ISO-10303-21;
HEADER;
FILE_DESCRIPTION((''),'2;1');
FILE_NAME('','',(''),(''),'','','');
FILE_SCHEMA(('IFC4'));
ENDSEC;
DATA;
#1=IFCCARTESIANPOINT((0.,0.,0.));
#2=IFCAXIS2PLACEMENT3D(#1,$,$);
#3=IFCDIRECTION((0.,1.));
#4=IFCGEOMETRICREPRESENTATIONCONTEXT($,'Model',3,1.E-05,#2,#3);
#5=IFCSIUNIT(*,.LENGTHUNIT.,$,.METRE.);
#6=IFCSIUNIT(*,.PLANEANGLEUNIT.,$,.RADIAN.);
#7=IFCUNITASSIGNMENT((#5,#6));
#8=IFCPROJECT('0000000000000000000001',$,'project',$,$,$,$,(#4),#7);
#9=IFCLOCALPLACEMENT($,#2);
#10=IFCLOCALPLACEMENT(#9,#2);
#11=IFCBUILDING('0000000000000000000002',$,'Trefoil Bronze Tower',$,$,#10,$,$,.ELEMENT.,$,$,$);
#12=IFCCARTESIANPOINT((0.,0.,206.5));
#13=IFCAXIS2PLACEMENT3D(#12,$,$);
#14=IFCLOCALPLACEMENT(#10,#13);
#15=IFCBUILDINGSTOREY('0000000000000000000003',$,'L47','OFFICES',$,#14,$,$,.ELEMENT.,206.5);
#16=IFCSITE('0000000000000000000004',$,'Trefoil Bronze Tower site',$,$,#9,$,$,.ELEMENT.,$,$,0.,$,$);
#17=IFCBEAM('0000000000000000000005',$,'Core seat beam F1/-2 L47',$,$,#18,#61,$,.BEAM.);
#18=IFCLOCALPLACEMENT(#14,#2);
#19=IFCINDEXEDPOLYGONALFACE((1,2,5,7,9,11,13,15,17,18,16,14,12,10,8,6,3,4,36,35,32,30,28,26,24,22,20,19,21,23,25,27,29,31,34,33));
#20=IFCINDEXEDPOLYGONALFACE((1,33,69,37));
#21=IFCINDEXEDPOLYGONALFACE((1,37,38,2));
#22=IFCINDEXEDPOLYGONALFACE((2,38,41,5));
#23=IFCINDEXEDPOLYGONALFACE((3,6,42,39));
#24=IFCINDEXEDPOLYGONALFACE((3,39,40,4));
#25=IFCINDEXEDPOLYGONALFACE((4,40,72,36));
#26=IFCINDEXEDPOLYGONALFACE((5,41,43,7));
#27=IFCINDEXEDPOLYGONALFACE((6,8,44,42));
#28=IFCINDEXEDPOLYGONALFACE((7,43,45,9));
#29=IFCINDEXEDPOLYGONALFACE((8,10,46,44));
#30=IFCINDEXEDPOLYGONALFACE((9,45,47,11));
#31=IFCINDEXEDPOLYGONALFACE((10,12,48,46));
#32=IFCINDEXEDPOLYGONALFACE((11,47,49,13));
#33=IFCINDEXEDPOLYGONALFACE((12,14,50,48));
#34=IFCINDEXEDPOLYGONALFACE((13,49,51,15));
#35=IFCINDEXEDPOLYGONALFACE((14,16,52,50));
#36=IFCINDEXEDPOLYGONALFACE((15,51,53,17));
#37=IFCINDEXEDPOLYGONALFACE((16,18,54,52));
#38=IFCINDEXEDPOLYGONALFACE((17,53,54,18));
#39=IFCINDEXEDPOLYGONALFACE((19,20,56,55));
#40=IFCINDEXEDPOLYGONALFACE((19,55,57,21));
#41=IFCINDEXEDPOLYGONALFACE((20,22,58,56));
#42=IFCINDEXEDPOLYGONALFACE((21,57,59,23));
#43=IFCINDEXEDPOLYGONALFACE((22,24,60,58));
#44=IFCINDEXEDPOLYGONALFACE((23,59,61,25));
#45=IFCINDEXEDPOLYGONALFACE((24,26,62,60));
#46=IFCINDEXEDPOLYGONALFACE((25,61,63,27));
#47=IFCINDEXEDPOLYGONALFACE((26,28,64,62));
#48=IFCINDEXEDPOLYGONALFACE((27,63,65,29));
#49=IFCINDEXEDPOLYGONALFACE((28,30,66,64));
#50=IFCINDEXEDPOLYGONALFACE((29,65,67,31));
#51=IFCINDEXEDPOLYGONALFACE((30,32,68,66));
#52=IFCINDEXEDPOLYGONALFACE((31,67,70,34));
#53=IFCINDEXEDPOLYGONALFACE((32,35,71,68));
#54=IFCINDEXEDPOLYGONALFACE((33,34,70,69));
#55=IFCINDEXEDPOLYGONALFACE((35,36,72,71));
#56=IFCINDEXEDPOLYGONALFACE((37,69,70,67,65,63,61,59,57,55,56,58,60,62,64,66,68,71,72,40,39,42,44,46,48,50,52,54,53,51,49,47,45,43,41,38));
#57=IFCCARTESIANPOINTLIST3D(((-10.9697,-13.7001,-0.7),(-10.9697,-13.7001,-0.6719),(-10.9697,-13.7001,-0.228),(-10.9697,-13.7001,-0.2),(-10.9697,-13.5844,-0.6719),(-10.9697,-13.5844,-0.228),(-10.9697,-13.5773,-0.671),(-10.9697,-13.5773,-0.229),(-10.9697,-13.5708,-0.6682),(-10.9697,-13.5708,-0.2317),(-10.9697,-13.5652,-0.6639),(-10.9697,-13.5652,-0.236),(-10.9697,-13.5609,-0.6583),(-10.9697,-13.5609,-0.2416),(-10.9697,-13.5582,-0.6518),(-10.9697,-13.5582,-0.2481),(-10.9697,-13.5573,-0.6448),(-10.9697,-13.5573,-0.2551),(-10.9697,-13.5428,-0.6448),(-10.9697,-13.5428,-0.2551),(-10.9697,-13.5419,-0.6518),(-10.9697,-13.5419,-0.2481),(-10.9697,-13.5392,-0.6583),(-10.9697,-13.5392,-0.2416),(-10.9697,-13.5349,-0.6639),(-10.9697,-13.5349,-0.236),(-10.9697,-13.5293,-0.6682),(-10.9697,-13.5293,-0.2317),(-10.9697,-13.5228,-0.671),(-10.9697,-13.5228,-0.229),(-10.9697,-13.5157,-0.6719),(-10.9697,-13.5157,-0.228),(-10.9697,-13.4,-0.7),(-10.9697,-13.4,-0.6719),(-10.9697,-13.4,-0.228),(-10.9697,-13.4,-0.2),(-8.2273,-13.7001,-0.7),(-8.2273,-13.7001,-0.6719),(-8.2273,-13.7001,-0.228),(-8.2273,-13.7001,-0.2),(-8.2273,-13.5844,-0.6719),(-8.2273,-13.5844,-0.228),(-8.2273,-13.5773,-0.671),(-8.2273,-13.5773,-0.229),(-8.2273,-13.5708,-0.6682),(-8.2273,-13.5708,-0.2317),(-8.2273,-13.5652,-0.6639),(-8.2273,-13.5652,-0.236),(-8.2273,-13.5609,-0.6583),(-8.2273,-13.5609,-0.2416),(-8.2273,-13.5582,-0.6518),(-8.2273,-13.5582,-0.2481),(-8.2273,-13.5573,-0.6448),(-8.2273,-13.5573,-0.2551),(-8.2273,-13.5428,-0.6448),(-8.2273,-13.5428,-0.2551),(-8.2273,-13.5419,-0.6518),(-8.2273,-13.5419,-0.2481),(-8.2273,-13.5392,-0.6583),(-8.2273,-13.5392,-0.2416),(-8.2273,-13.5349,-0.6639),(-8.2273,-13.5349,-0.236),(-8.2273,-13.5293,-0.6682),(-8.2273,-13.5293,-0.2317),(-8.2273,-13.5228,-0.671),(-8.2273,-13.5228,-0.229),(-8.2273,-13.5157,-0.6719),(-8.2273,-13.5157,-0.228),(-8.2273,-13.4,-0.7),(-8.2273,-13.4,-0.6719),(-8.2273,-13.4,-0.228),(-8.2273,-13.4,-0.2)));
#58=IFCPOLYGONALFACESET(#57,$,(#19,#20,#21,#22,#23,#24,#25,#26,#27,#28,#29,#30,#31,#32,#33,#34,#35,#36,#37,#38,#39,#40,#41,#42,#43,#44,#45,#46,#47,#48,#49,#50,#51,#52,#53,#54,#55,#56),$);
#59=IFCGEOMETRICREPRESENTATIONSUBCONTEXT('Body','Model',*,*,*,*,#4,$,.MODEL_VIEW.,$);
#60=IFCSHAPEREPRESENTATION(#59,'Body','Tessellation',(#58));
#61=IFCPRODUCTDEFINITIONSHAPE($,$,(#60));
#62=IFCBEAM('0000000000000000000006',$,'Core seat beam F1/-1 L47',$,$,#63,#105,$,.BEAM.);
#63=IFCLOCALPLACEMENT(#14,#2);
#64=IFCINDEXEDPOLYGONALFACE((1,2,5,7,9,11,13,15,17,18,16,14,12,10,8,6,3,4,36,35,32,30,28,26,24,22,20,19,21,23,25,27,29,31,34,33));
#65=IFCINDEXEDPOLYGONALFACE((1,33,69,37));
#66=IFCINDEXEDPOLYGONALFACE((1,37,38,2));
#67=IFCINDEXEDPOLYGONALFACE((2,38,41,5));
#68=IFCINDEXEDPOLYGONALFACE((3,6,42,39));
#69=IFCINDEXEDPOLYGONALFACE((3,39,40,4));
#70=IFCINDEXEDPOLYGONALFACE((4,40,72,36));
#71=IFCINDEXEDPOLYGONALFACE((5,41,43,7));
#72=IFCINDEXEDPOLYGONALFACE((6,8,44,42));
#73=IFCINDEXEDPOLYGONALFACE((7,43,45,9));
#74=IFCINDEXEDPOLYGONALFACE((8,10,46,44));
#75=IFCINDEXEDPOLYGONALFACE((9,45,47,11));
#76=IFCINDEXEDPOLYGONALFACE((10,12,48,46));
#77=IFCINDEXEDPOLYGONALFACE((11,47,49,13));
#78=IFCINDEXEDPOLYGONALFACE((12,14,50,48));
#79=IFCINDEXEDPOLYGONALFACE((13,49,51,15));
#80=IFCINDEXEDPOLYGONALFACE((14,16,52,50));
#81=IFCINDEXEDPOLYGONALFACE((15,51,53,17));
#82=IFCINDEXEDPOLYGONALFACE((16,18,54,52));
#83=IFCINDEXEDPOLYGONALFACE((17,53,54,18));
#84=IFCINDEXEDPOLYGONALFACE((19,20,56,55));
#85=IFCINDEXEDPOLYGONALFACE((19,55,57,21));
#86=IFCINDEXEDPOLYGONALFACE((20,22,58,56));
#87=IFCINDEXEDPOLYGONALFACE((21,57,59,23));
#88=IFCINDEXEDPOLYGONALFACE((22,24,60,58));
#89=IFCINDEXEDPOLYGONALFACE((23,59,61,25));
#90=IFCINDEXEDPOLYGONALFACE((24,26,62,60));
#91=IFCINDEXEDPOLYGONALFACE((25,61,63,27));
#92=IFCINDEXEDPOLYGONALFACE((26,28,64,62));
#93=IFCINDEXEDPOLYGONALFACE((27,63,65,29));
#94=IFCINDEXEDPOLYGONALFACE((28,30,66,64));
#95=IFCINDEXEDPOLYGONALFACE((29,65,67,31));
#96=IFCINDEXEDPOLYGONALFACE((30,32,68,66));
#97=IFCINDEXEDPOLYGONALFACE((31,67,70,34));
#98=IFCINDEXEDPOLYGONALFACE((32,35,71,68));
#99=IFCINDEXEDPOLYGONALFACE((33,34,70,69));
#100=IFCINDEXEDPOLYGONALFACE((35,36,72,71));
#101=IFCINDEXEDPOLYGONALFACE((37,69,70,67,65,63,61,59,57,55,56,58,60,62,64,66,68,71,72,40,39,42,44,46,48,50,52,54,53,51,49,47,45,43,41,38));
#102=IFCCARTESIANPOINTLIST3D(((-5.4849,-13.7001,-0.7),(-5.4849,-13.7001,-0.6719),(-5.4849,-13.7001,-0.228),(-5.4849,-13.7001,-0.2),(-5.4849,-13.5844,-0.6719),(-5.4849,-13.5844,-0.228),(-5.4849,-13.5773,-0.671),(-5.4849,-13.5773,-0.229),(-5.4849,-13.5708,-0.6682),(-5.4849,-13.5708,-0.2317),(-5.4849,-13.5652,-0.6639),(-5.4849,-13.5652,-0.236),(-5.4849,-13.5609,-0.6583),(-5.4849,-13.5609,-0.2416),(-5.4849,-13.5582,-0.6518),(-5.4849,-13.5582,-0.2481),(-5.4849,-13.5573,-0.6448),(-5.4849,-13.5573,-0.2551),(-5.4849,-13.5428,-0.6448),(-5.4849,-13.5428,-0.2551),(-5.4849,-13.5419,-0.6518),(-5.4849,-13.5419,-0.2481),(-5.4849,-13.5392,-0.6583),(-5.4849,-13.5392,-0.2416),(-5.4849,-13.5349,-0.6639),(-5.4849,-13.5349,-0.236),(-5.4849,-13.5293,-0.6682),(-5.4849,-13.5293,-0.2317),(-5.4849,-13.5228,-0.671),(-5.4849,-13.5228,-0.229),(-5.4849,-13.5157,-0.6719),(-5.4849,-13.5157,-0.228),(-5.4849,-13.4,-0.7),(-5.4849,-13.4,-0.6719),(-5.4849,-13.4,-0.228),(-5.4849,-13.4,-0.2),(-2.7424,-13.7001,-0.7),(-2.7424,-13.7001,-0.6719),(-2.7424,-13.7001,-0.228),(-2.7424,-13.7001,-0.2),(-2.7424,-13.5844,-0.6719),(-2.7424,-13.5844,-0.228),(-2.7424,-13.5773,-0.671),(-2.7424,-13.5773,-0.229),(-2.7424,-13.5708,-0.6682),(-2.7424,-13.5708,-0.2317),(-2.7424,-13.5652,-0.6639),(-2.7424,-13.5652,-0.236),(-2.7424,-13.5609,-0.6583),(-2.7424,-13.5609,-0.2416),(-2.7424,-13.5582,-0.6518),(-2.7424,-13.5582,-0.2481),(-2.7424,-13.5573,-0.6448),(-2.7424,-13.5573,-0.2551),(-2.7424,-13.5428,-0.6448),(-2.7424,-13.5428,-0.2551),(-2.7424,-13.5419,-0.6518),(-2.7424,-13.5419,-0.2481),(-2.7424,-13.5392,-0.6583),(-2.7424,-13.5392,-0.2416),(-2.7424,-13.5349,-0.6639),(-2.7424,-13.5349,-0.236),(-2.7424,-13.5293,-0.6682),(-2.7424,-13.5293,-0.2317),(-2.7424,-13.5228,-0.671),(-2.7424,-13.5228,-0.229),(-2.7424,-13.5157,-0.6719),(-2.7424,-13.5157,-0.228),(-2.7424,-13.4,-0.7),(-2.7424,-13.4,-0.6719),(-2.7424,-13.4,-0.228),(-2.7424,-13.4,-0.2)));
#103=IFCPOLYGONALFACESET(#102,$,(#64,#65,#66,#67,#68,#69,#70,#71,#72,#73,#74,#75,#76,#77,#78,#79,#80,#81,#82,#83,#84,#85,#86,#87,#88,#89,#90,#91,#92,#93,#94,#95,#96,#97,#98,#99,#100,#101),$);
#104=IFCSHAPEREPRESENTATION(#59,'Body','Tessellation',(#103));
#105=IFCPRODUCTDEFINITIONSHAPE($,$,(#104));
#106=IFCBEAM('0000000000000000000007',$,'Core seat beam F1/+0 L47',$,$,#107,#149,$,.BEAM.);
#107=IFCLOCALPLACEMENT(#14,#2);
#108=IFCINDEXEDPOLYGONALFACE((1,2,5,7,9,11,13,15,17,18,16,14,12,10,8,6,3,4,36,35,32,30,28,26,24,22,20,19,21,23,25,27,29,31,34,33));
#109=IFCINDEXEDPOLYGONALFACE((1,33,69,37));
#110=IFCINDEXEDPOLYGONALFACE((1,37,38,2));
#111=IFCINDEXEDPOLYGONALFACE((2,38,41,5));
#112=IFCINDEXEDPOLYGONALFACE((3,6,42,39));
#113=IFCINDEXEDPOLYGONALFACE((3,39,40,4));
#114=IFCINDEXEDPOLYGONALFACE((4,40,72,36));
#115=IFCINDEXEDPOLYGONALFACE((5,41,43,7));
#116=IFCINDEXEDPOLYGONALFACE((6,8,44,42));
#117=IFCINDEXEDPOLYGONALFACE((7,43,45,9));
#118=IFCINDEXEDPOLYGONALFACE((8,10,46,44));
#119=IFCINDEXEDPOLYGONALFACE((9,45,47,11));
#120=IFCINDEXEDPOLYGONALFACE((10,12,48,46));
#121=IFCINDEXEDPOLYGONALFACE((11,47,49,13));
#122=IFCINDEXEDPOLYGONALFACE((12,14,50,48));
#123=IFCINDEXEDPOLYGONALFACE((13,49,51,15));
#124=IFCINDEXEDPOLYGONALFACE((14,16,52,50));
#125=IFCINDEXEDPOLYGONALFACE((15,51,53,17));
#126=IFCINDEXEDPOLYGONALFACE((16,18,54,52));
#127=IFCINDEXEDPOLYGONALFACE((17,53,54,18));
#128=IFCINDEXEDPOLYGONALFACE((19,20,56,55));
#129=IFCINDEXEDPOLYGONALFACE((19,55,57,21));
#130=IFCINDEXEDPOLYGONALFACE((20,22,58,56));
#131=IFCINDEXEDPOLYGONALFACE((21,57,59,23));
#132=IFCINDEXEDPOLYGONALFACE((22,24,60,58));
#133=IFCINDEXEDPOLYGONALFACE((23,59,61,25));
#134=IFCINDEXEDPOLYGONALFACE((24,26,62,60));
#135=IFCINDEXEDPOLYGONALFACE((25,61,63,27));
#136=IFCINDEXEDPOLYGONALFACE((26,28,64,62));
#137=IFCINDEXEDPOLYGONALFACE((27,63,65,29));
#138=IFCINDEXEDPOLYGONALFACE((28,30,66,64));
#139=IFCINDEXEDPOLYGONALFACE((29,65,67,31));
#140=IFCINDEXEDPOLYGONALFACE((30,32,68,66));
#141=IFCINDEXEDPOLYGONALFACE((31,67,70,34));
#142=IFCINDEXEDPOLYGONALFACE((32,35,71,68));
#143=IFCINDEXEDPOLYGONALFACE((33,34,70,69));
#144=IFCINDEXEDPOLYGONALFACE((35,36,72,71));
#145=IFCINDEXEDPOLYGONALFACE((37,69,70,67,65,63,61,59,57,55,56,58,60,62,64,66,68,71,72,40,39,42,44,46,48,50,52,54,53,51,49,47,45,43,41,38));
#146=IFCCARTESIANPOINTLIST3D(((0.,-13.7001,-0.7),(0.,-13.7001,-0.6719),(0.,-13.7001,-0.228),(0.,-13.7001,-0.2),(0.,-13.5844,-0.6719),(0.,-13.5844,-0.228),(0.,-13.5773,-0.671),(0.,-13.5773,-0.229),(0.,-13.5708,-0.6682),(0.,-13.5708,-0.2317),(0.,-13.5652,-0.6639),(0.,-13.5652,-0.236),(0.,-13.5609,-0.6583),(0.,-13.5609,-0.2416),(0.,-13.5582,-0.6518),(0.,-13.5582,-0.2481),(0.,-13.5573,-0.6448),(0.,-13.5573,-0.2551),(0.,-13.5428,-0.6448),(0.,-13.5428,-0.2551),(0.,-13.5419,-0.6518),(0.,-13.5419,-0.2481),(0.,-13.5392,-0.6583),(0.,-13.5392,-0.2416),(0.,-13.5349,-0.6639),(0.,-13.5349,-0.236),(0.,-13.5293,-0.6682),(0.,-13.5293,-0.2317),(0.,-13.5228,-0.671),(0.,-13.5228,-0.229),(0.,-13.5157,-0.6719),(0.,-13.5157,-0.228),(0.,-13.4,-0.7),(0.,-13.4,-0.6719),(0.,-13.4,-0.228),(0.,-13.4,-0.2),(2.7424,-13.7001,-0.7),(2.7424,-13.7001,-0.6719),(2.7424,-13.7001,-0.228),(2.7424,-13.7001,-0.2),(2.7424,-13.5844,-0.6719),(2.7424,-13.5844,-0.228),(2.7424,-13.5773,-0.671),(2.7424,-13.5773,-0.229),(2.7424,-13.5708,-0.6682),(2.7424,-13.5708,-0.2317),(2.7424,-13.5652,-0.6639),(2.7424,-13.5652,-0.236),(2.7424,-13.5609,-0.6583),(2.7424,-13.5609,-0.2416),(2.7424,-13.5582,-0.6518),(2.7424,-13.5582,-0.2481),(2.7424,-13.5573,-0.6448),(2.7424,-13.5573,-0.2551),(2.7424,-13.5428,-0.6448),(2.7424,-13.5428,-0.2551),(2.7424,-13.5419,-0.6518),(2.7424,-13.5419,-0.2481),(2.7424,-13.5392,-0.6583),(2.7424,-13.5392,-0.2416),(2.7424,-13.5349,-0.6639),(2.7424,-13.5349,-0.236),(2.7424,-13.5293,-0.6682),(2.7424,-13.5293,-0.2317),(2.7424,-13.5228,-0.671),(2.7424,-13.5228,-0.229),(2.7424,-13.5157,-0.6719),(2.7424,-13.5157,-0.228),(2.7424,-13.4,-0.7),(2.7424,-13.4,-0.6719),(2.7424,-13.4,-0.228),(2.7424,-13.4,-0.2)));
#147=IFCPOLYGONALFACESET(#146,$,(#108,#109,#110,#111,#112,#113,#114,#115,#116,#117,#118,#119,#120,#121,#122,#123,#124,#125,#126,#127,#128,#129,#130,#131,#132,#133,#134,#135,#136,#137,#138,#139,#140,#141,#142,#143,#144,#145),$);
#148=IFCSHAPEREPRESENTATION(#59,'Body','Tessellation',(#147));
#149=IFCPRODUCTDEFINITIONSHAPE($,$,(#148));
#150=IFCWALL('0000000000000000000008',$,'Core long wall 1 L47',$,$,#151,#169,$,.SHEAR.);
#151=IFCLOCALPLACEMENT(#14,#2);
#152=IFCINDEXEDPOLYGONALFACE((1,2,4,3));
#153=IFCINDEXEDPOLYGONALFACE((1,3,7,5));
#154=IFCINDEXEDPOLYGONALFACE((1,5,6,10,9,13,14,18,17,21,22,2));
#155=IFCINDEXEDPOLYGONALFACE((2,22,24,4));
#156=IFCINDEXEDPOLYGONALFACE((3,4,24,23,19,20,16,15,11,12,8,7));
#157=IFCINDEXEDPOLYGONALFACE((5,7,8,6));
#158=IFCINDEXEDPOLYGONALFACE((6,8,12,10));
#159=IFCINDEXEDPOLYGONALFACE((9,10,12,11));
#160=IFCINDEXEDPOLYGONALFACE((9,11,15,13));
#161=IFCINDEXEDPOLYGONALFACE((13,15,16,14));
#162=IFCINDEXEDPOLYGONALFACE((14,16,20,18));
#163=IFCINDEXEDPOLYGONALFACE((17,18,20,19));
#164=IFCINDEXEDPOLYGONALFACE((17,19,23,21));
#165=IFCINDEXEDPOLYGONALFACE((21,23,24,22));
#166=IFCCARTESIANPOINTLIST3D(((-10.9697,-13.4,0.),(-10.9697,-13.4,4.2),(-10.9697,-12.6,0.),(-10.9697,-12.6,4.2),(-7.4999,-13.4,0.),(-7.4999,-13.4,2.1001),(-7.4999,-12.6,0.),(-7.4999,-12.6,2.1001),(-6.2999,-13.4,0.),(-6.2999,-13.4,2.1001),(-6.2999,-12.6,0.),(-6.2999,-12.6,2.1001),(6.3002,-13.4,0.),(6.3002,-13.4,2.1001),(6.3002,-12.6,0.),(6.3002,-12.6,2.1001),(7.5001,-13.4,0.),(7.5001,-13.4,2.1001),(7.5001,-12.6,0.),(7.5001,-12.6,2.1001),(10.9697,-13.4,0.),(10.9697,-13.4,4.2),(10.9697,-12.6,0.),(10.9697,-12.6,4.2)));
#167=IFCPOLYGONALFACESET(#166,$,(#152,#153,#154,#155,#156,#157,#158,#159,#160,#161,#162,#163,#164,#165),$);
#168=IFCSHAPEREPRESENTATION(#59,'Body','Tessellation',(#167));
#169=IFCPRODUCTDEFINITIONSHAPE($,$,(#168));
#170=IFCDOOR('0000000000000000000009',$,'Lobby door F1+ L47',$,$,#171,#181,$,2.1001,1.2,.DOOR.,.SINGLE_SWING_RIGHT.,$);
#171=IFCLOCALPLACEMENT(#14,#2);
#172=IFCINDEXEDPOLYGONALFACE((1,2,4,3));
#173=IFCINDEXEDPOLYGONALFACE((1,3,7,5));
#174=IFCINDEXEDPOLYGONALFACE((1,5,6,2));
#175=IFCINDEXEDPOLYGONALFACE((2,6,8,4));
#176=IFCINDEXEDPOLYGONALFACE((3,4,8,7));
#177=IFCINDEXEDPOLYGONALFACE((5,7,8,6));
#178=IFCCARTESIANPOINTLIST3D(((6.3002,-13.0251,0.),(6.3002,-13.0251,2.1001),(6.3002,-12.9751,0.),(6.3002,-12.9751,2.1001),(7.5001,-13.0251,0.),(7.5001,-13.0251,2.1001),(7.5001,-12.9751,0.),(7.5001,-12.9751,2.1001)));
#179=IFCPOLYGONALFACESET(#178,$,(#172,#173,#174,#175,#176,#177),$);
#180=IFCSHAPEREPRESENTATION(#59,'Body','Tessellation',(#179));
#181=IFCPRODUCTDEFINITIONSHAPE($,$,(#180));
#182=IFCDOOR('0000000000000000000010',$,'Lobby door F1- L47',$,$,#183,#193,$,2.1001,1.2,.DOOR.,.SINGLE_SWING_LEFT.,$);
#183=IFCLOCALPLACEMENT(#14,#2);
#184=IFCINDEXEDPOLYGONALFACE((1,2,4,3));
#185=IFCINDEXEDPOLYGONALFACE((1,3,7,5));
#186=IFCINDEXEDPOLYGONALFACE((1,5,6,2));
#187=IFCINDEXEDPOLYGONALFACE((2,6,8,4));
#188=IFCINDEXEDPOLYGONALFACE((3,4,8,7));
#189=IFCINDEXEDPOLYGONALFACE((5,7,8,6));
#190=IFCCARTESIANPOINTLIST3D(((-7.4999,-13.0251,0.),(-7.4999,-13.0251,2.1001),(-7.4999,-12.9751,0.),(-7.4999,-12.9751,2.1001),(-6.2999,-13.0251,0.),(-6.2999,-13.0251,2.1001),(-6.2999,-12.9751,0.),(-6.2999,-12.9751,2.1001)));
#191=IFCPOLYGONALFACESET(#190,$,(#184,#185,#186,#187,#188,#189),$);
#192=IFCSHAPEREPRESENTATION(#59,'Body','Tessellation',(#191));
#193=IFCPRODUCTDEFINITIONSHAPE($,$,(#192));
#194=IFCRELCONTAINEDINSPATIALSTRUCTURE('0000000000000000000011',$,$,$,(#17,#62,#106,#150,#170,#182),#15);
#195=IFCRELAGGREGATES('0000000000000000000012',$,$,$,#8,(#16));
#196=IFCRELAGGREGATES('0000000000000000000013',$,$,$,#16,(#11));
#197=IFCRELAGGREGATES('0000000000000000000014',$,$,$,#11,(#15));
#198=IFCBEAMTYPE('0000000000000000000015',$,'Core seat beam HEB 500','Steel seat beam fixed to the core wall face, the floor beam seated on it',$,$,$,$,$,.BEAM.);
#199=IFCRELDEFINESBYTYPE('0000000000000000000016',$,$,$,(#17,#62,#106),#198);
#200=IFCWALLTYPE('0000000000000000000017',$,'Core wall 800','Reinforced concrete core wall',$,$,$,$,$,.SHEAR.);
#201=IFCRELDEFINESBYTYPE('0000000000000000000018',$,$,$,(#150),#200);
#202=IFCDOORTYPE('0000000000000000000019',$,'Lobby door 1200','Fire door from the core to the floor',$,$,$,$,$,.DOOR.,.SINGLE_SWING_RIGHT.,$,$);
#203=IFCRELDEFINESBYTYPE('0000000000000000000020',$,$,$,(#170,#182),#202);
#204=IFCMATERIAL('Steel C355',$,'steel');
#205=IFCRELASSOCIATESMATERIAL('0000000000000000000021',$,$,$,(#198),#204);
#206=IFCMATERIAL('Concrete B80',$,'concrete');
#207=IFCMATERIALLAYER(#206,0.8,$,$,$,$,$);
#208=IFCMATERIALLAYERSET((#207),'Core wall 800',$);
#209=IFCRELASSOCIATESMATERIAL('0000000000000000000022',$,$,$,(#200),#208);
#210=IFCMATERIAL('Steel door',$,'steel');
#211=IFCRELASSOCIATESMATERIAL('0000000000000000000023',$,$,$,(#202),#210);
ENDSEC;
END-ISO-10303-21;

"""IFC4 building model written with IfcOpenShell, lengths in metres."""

from ifc_helpers import new_model, si_unit, direction, frame, frame_2d, origin, origin_2d, place, context, subcontext, project, spatial, rectangle, i_section, extrude, material, layer, layer_set, material_profile, profile_set, type_object, element, fill, save


model = new_model("IFC4")

# Units and contexts
model_context = context("Model", 3, precision=1e-05, world=origin(), true_north=direction((0.0, 1.0)))
body_context = subcontext(model_context, "Body", "Model", "MODEL_VIEW")
ifc_project = project(units=[si_unit("LENGTHUNIT", "METRE"), si_unit("PLANEANGLEUNIT", "RADIAN")], contexts=[model_context])

# Site, building, storey
site_placement = place(None, origin())
site = spatial("IfcSite", under=ifc_project, at=site_placement, Name="Trefoil Bronze Tower site", CompositionType="ELEMENT", RefElevation=0.0)
building_placement = place(site_placement, origin())
building = spatial("IfcBuilding", under=site, at=building_placement, Name="Trefoil Bronze Tower", CompositionType="ELEMENT")
storey_placement = place(building_placement, frame((0.0, 0.0, 206.5)))
storey = spatial("IfcBuildingStorey", under=building, at=storey_placement, Name="L47", Description="OFFICES", CompositionType="ELEMENT", Elevation=206.5)

# Beams
ifc_material_1 = material(Name="Steel C355", Category="steel")
ifc_material_profile = material_profile(ifc_material_1, i_section(OverallWidth=0.3, OverallDepth=0.5, WebThickness=0.0144, FlangeThickness=0.0281, FilletRadius=0.0271, at=origin_2d()), Name="HEB 500")
ifc_profile_set = profile_set([ifc_material_profile], Name="Steel C355")
beam_type = type_object("IfcBeamType", Name="Core seat beam HEB 500", Description="Steel seat beam fixed to the core wall face, the floor beam seated on it", PredefinedType="BEAM", material=ifc_profile_set)
for number, where, z_axis, x_axis, name in (
    (1, (-10.9697, -13.55, -0.45), (1.0, 0.0, 0.0), (0.0, 1.0, 0.0), "Core seat beam F1/-2 L47"),
    (2, (-5.4849, -13.55, -0.45), (1.0, 0.0, 0.0), (0.0, 1.0, 0.0), "Core seat beam F1/-1 L47"),
    (3, (0.0, -13.55, -0.45), (1.0, 0.0, 0.0), (0.0, 1.0, 0.0), "Core seat beam F1/+0 L47"),
):
    element("IfcBeam", number, at=place(storey_placement, frame(where, z_axis=z_axis, x_axis=x_axis)), inside=storey, type_object=beam_type, Name=name, PredefinedType="BEAM", context=body_context, shape_type="SweptSolid", body=[
        extrude(i_section(OverallWidth=0.3, OverallDepth=0.5, WebThickness=0.0144, FlangeThickness=0.0281, FilletRadius=0.0271, at=origin_2d()), origin(), (0.0, 0.0, 1.0), 2.7424),
    ])

# Wall, openings, doors
ifc_material_2 = material(Name="Concrete B80", Category="concrete")
ifc_layer_1 = layer(ifc_material_2, 0.8)
ifc_layer_set_1 = layer_set([ifc_layer_1], Name="Core wall 800")
wall_type_1 = type_object("IfcWallType", Name="Core wall 800", Description="Reinforced concrete core wall", PredefinedType="SHEAR", material=ifc_layer_set_1)
wall_1_placement = place(storey_placement, frame((-10.9697, -13.0, 0.0), z_axis=(0.0, 0.0, 1.0), x_axis=(1.0, 0.0, 0.0)))
wall_1 = element("IfcWall", 4, at=wall_1_placement, inside=storey, type_object=wall_type_1, Name="Core long wall 1 L47", PredefinedType="SHEAR", context=body_context, shape_type="SweptSolid", body=[
    extrude(rectangle(XDim=21.9395, YDim=0.8, at=frame_2d((10.9697, 0.0))), origin(), (0.0, 0.0, 1.0), 4.2),
])
opening_1_placement = place(wall_1_placement, frame((17.2698, 0.0, 0.0)))
opening_1 = element("IfcOpeningElement", 5, at=opening_1_placement, cuts=wall_1, PredefinedType="OPENING", context=body_context, shape_type="SweptSolid", body=[
    extrude(rectangle(XDim=1.2, YDim=2.1001, at=frame_2d((0.6001, 1.05))), frame((0.0, 0.4099, 0.0), z_axis=(0.0, -1.0, 0.0), x_axis=(1.0, 0.0, 0.0)), (0.0, 0.0, 1.0), 0.8201),
])
opening_2_placement = place(wall_1_placement, frame((3.4697, 0.0, 0.0)))
opening_2 = element("IfcOpeningElement", 6, at=opening_2_placement, cuts=wall_1, PredefinedType="OPENING", context=body_context, shape_type="SweptSolid", body=[
    extrude(rectangle(XDim=1.2, YDim=2.1001, at=frame_2d((0.6001, 1.05))), frame((0.0, 0.4099, 0.0), z_axis=(0.0, -1.0, 0.0), x_axis=(1.0, 0.0, 0.0)), (0.0, 0.0, 1.0), 0.8201),
])
ifc_material_3 = material(Name="Steel door", Category="steel")
door_type_1 = type_object("IfcDoorType", Name="Lobby door 1200", Description="Fire door from the core to the floor", OperationType="SINGLE_SWING_RIGHT", PredefinedType="DOOR", material=ifc_material_3)
door_1_placement = place(opening_1_placement, origin())
door_1 = element("IfcDoor", 7, at=door_1_placement, inside=storey, type_object=door_type_1, Name="Lobby door F1+ L47", OperationType="SINGLE_SWING_RIGHT", OverallHeight=2.1001, OverallWidth=1.2, PredefinedType="DOOR", context=body_context, shape_type="SweptSolid", body=[
    extrude(rectangle(XDim=1.2, YDim=2.1001, at=frame_2d((0.6001, 1.05))), frame((0.0, 0.0249, 0.0), z_axis=(0.0, -1.0, 0.0), x_axis=(1.0, 0.0, 0.0)), (0.0, 0.0, 1.0), 0.05),
])
fill(opening_1, door_1)
door_2_placement = place(opening_2_placement, origin())
door_2 = element("IfcDoor", 8, at=door_2_placement, inside=storey, type_object=door_type_1, Name="Lobby door F1- L47", OperationType="SINGLE_SWING_LEFT", OverallHeight=2.1001, OverallWidth=1.2, PredefinedType="DOOR", context=body_context, shape_type="SweptSolid", body=[
    extrude(rectangle(XDim=1.2, YDim=2.1001, at=frame_2d((0.6001, 1.05))), frame((0.0, 0.0249, 0.0), z_axis=(0.0, -1.0, 0.0), x_axis=(1.0, 0.0, 0.0)), (0.0, 0.0, 1.0), 0.05),
])
fill(opening_2, door_2)

save(model, "model.ifc")
